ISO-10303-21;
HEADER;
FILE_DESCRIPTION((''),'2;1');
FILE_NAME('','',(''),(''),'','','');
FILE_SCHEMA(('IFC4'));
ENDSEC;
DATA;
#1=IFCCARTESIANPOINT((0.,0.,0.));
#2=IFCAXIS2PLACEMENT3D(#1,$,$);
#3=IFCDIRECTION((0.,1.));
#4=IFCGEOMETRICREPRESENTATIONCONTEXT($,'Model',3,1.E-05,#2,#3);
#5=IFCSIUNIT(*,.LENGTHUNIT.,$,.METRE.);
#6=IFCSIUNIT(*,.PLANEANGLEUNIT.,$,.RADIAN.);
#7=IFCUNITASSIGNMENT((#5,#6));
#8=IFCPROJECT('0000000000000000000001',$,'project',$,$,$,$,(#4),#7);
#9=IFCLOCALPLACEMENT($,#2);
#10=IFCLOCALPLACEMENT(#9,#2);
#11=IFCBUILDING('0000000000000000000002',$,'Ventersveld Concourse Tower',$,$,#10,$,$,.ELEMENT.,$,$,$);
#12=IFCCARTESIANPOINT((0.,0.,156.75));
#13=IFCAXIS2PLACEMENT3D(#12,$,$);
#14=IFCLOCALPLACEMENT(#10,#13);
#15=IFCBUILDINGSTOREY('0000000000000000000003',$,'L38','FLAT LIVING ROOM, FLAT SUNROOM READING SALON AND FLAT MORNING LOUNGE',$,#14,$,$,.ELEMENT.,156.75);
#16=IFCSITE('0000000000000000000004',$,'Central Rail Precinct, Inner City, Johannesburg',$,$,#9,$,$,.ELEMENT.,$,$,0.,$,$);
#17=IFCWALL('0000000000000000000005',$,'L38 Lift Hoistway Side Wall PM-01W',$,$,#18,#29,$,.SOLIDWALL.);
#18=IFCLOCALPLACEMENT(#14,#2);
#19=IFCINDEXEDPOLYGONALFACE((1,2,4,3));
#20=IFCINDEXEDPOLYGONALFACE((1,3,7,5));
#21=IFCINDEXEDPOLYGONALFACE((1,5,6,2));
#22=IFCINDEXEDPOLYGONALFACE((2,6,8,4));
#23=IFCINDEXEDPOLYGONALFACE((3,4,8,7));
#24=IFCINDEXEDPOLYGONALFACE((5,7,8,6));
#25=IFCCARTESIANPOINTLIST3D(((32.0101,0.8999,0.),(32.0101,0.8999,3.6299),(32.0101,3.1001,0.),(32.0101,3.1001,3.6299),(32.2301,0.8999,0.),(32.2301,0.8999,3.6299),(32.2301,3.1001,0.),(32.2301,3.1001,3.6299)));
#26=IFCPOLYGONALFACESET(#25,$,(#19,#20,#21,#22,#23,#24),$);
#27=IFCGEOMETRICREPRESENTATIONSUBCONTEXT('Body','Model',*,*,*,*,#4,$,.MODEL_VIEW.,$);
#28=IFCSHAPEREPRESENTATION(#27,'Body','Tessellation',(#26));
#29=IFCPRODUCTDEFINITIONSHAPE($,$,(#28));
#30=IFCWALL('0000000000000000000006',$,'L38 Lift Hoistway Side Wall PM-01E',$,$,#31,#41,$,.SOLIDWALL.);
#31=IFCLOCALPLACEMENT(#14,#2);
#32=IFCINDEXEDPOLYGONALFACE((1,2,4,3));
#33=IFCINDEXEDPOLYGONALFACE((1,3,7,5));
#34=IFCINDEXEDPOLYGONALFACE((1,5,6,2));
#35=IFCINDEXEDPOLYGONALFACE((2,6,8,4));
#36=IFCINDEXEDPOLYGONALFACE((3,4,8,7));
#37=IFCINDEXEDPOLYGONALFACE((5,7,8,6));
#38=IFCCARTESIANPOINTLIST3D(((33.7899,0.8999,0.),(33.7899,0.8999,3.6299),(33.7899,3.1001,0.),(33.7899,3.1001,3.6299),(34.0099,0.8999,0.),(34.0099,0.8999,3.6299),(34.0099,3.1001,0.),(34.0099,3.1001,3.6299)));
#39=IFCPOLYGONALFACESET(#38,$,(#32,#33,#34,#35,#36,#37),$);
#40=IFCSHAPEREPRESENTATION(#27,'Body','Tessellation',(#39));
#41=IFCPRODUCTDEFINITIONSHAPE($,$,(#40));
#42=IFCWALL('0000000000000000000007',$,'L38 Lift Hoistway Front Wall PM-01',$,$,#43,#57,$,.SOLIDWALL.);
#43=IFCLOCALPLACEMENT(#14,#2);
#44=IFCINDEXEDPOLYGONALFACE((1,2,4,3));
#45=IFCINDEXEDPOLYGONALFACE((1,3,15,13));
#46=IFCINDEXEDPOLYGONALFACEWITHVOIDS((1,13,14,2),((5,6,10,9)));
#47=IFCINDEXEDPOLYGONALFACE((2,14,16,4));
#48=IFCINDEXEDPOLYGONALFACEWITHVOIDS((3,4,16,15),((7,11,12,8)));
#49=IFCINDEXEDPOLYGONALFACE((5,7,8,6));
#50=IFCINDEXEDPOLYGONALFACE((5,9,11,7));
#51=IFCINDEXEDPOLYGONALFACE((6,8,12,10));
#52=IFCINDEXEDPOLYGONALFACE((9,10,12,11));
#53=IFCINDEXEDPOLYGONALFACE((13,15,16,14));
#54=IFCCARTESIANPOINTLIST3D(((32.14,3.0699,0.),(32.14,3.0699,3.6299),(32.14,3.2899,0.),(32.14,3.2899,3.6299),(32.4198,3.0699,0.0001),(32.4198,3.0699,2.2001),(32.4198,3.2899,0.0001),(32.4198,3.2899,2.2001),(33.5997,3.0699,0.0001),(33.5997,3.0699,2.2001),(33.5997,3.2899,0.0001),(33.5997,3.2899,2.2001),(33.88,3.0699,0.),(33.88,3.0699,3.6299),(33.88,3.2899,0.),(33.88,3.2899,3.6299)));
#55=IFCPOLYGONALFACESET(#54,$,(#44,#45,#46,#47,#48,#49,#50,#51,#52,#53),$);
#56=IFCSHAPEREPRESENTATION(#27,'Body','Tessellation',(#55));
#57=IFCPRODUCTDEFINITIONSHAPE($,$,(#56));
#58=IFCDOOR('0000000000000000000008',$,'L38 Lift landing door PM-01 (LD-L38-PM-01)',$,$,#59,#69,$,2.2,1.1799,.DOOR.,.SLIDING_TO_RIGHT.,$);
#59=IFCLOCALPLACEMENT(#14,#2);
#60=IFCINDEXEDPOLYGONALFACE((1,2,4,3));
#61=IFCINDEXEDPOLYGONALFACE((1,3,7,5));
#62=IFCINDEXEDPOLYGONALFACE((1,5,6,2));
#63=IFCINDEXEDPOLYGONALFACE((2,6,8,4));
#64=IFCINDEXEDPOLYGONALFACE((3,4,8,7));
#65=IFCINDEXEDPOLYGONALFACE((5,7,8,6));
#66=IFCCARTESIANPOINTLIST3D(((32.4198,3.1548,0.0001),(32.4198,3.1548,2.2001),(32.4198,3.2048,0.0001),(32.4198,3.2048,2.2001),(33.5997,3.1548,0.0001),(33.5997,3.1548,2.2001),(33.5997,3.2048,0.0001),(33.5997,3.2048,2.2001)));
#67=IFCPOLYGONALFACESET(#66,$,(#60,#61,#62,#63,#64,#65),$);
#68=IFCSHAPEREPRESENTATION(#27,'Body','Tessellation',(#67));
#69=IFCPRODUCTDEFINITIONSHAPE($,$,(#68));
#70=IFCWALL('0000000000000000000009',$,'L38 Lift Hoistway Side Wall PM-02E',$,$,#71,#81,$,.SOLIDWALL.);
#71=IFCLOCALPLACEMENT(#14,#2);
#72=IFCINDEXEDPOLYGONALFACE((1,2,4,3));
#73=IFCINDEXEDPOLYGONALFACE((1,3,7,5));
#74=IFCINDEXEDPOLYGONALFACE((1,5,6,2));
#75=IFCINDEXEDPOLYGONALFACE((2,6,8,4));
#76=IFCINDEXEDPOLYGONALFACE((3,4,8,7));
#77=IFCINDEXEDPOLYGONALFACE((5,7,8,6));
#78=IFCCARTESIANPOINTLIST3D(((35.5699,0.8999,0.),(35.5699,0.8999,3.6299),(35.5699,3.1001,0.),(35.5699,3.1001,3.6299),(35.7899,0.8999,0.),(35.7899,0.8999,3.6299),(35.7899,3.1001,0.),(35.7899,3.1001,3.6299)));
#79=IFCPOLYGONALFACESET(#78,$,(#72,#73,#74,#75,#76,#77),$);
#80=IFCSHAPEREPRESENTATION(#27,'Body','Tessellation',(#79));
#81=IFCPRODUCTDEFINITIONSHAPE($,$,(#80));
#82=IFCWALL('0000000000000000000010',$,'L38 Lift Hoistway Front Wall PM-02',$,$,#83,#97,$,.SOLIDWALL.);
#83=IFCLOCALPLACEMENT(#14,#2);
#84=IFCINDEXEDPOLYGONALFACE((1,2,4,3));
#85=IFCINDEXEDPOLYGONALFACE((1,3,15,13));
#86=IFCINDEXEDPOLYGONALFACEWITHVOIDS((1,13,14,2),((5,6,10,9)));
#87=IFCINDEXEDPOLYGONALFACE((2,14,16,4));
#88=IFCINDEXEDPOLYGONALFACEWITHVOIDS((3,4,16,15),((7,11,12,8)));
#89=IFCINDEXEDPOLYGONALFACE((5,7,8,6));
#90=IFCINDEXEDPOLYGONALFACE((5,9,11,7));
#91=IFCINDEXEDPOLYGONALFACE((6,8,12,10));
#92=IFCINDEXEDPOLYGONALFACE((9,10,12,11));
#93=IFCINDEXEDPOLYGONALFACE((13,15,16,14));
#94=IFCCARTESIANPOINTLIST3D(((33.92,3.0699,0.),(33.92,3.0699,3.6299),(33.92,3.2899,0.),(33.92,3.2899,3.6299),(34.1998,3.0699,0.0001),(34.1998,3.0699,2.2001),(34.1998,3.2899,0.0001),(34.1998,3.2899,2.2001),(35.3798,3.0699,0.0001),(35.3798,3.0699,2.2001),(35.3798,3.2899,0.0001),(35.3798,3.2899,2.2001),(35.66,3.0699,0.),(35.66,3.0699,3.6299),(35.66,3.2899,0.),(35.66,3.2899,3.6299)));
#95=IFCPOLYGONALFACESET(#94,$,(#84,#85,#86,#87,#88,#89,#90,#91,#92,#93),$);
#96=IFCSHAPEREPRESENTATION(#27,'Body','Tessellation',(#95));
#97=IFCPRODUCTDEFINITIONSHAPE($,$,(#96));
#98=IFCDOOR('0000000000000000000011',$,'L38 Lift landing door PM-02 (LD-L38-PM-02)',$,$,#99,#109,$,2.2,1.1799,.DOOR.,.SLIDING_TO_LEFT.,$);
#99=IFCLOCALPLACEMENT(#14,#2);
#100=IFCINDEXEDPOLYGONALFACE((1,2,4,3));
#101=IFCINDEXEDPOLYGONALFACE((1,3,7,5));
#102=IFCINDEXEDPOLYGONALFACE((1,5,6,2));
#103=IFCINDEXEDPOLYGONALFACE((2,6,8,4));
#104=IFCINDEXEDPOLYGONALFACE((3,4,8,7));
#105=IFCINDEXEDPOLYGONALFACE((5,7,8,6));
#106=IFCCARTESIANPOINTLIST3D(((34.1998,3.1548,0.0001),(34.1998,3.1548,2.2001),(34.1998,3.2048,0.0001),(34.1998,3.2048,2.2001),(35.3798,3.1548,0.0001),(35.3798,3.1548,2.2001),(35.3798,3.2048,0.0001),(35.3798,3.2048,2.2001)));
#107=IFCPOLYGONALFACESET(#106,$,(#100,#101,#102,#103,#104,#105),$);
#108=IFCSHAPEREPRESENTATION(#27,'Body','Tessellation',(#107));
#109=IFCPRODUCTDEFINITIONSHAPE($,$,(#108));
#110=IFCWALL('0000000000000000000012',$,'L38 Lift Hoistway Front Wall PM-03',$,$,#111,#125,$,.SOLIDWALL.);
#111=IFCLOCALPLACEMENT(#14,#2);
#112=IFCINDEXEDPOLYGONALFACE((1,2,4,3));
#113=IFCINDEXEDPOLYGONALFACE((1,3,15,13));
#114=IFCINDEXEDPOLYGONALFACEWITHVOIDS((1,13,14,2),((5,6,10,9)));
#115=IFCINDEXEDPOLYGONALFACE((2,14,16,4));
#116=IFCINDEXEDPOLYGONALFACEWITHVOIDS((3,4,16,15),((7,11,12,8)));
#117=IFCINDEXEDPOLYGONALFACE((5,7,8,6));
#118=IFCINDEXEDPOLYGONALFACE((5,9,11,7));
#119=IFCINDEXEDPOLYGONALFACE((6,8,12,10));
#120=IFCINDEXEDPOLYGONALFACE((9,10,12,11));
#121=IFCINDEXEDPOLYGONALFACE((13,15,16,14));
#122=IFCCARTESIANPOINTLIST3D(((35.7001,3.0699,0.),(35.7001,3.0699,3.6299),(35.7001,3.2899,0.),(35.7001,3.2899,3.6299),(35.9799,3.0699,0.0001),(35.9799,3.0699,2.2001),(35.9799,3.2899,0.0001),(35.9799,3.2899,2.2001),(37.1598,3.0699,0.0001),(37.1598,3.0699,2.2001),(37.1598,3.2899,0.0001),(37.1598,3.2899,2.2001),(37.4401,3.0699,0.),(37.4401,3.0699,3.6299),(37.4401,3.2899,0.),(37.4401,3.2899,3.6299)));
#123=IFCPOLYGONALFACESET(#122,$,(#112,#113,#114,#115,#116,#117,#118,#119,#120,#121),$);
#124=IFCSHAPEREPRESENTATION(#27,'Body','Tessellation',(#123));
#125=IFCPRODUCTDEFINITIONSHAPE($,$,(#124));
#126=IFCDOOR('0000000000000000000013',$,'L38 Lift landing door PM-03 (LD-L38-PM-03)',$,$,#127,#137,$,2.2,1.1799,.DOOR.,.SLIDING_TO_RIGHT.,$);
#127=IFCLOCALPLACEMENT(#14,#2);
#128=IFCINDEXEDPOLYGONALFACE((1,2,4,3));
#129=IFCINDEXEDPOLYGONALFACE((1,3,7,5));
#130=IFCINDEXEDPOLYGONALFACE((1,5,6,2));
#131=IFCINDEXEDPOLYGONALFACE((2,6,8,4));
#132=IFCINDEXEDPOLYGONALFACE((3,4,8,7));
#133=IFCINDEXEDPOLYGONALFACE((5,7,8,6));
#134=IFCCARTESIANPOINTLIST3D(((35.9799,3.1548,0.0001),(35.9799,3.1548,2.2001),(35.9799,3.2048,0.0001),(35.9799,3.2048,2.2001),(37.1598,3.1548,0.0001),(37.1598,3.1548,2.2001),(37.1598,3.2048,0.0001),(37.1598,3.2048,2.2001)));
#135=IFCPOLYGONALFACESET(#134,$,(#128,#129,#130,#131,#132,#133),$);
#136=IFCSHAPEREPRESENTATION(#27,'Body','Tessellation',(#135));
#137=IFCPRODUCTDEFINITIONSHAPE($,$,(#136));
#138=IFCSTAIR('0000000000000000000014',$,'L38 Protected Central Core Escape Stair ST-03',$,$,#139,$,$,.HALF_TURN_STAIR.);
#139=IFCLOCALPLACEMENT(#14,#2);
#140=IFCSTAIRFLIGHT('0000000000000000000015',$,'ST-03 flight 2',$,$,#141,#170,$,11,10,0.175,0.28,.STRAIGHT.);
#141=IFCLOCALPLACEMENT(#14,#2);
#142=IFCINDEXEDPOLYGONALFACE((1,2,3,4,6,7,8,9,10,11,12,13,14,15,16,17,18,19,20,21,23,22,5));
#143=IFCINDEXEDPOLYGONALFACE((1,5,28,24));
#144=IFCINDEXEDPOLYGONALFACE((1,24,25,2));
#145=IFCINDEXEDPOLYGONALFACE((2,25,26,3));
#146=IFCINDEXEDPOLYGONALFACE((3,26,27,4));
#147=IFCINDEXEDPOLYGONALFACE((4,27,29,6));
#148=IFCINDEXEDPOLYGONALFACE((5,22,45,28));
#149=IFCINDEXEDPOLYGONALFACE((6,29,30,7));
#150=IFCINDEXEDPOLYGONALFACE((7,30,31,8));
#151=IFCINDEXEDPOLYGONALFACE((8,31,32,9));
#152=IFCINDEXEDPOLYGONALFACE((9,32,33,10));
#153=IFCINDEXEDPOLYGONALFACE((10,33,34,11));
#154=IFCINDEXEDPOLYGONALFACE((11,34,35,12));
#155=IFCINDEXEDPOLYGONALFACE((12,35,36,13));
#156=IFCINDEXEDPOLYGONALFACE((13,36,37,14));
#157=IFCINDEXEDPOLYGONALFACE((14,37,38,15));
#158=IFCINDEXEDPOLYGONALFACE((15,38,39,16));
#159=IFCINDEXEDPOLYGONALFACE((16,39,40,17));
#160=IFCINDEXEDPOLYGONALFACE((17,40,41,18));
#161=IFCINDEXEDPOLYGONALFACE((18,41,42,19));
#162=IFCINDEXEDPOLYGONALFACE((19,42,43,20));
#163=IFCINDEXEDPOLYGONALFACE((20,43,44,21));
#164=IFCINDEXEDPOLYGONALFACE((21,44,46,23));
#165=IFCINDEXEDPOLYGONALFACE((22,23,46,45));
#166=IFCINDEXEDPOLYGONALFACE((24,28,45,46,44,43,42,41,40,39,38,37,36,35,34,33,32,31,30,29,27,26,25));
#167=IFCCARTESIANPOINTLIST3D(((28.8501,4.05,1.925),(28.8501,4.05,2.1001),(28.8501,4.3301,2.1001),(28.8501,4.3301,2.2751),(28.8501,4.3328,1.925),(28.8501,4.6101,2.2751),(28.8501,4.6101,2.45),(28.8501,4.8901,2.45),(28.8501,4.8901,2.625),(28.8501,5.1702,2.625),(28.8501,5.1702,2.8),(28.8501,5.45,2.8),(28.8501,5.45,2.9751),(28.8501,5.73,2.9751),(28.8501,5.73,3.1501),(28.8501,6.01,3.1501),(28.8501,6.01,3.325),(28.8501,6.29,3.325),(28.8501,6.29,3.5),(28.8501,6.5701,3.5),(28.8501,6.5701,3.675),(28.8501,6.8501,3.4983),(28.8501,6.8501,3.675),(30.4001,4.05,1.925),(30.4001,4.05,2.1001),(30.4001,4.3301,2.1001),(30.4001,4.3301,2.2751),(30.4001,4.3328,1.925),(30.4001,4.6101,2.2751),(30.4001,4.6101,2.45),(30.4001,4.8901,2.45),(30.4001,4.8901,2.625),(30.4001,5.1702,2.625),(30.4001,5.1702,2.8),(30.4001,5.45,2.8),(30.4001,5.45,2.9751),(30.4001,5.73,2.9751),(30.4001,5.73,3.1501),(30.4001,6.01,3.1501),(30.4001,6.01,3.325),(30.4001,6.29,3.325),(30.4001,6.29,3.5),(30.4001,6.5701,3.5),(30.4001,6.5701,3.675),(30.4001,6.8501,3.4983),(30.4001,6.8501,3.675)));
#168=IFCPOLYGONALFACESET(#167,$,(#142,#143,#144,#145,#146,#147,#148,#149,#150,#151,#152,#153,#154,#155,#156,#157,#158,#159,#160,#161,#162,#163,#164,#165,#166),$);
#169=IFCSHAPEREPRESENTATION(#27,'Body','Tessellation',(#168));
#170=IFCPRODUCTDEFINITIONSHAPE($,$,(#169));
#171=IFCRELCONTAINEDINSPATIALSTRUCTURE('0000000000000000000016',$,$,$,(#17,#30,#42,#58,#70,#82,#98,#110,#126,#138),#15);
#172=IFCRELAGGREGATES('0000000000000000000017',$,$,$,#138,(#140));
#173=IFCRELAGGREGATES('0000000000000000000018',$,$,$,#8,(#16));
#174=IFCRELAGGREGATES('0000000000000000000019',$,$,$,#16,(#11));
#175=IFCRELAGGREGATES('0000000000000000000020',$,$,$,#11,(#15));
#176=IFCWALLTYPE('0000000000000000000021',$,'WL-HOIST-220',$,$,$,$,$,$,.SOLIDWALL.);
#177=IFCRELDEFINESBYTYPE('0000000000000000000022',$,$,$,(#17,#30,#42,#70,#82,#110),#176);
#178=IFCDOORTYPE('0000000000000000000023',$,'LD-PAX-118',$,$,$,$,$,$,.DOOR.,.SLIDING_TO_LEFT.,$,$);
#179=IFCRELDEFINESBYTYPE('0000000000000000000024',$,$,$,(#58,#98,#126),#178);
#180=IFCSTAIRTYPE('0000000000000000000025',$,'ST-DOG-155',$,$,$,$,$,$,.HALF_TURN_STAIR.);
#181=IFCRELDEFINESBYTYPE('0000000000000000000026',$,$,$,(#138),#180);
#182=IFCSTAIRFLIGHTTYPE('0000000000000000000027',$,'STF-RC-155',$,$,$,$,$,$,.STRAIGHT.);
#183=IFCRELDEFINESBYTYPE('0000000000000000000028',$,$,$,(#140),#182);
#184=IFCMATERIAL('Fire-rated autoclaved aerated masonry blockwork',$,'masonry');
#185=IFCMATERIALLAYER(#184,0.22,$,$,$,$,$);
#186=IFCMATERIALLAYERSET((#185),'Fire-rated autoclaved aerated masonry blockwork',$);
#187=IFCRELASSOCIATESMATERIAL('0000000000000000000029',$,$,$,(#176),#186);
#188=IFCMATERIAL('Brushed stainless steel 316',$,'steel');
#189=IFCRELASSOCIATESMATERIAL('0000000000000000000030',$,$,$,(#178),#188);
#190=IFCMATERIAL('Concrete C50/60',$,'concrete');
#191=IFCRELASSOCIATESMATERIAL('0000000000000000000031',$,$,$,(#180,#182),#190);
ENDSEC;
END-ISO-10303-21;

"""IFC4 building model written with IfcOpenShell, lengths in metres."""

from ifc_helpers import new_model, si_unit, direction, frame, frame_2d, origin, place, context, subcontext, project, spatial, polyline, rectangle, outline, extrude, material, layer, layer_set, type_object, element, fill, aggregate, save


model = new_model("IFC4")

# Units and contexts
model_context = context("Model", 3, precision=1e-05, world=origin(), true_north=direction((0.0, 1.0)))
body_context = subcontext(model_context, "Body", "Model", "MODEL_VIEW")
ifc_project = project(units=[si_unit("LENGTHUNIT", "METRE"), si_unit("PLANEANGLEUNIT", "RADIAN")], contexts=[model_context])

# Site, building, storey
site_placement = place(None, origin())
site = spatial("IfcSite", under=ifc_project, at=site_placement, Name="Central Rail Precinct, Inner City, Johannesburg", CompositionType="ELEMENT", RefElevation=0.0)
building_placement = place(site_placement, origin())
building = spatial("IfcBuilding", under=site, at=building_placement, Name="Ventersveld Concourse Tower", CompositionType="ELEMENT")
storey_placement = place(building_placement, frame((0.0, 0.0, 156.75)))
storey = spatial("IfcBuildingStorey", under=building, at=storey_placement, Name="L38", Description="FLAT LIVING ROOM, FLAT SUNROOM READING SALON AND FLAT MORNING LOUNGE", CompositionType="ELEMENT", Elevation=156.75)

# Shared definitions
ifc_material_1 = material(Name="Concrete C50/60", Category="concrete")

# Walls
ifc_material_2 = material(Name="Fire-rated autoclaved aerated masonry blockwork", Category="masonry")
ifc_layer_1 = layer(ifc_material_2, 0.22)
ifc_layer_set_1 = layer_set([ifc_layer_1], Name="Fire-rated autoclaved aerated masonry blockwork")
wall_type_1 = type_object("IfcWallType", Name="WL-HOIST-220", PredefinedType="SOLIDWALL", material=ifc_layer_set_1)
for number, where, z_axis, x_axis, name in (
    (1, (32.1201, 0.8999, 0.0), (0.0, 0.0, 1.0), (0.0, 1.0, 0.0), "L38 Lift Hoistway Side Wall PM-01W"),
    (2, (33.8999, 0.8999, 0.0), (0.0, 0.0, 1.0), (0.0, 1.0, 0.0), "L38 Lift Hoistway Side Wall PM-01E"),
):
    element("IfcWall", number, at=place(storey_placement, frame(where, z_axis=z_axis, x_axis=x_axis)), inside=storey, type_object=wall_type_1, Name=name, PredefinedType="SOLIDWALL", context=body_context, shape_type="SweptSolid", body=[
        extrude(rectangle(XDim=2.2002, YDim=0.22, at=frame_2d((1.1001, 0.0))), origin(), (0.0, 0.0, 1.0), 3.6299),
    ])

# Wall, opening, door
wall_1_placement = place(storey_placement, frame((32.1399, 3.1799, 0.0), z_axis=(0.0, 0.0, 1.0), x_axis=(1.0, 0.0, 0.0)))
wall_1 = element("IfcWall", 3, at=wall_1_placement, inside=storey, type_object=wall_type_1, Name="L38 Lift Hoistway Front Wall PM-01", PredefinedType="SOLIDWALL", context=body_context, shape_type="SweptSolid", body=[
    extrude(rectangle(XDim=1.74, YDim=0.22, at=frame_2d((0.8701, 0.0))), origin(), (0.0, 0.0, 1.0), 3.6299),
])
opening_1_placement = place(wall_1_placement, frame((0.28, 0.0, 0.0)))
opening_1 = element("IfcOpeningElement", 4, at=opening_1_placement, cuts=wall_1, PredefinedType="OPENING", context=body_context, shape_type="SweptSolid", body=[
    extrude(rectangle(XDim=1.1799, YDim=2.2, at=frame_2d((0.5898, 1.1001))), frame((0.0, 0.1201, 0.0), z_axis=(0.0, -1.0, 0.0), x_axis=(1.0, 0.0, 0.0)), (0.0, 0.0, 1.0), 0.24),
])
ifc_material_3 = material(Name="Brushed stainless steel 316", Category="steel")
door_type = type_object("IfcDoorType", Name="LD-PAX-118", OperationType="SLIDING_TO_LEFT", PredefinedType="DOOR", material=ifc_material_3)
door_1_placement = place(opening_1_placement, origin())
door_1 = element("IfcDoor", 5, at=door_1_placement, inside=storey, type_object=door_type, Name="L38 Lift landing door PM-01 (LD-L38-PM-01)", OperationType="SLIDING_TO_RIGHT", OverallHeight=2.2, OverallWidth=1.1799, PredefinedType="DOOR", context=body_context, shape_type="SweptSolid", body=[
    extrude(rectangle(XDim=1.1799, YDim=2.2, at=frame_2d((0.5898, 1.1001))), frame((0.0, 0.0249, 0.0), z_axis=(0.0, -1.0, 0.0), x_axis=(1.0, 0.0, 0.0)), (0.0, 0.0, 1.0), 0.05),
])
fill(opening_1, door_1)

# Wall
wall_2_placement = place(storey_placement, frame((35.6799, 0.8999, 0.0), z_axis=(0.0, 0.0, 1.0), x_axis=(0.0, 1.0, 0.0)))
element("IfcWall", 6, at=wall_2_placement, inside=storey, type_object=wall_type_1, Name="L38 Lift Hoistway Side Wall PM-02E", PredefinedType="SOLIDWALL", context=body_context, shape_type="SweptSolid", body=[
    extrude(rectangle(XDim=2.2002, YDim=0.22, at=frame_2d((1.1001, 0.0))), origin(), (0.0, 0.0, 1.0), 3.6299),
])

# Walls, openings, doors
wall_3_placement = place(storey_placement, frame((33.9199, 3.1799, 0.0), z_axis=(0.0, 0.0, 1.0), x_axis=(1.0, 0.0, 0.0)))
wall_3 = element("IfcWall", 7, at=wall_3_placement, inside=storey, type_object=wall_type_1, Name="L38 Lift Hoistway Front Wall PM-02", PredefinedType="SOLIDWALL", context=body_context, shape_type="SweptSolid", body=[
    extrude(rectangle(XDim=1.74, YDim=0.22, at=frame_2d((0.8701, 0.0))), origin(), (0.0, 0.0, 1.0), 3.6299),
])
opening_2_placement = place(wall_3_placement, frame((0.28, 0.0, 0.0)))
opening_2 = element("IfcOpeningElement", 8, at=opening_2_placement, cuts=wall_3, PredefinedType="OPENING", context=body_context, shape_type="SweptSolid", body=[
    extrude(rectangle(XDim=1.1799, YDim=2.2, at=frame_2d((0.5898, 1.1001))), frame((0.0, 0.1201, 0.0), z_axis=(0.0, -1.0, 0.0), x_axis=(1.0, 0.0, 0.0)), (0.0, 0.0, 1.0), 0.24),
])
door_2_placement = place(opening_2_placement, origin())
door_2 = element("IfcDoor", 9, at=door_2_placement, inside=storey, type_object=door_type, Name="L38 Lift landing door PM-02 (LD-L38-PM-02)", OperationType="SLIDING_TO_LEFT", OverallHeight=2.2, OverallWidth=1.1799, PredefinedType="DOOR", context=body_context, shape_type="SweptSolid", body=[
    extrude(rectangle(XDim=1.1799, YDim=2.2, at=frame_2d((0.5898, 1.1001))), frame((0.0, 0.0249, 0.0), z_axis=(0.0, -1.0, 0.0), x_axis=(1.0, 0.0, 0.0)), (0.0, 0.0, 1.0), 0.05),
])
fill(opening_2, door_2)
wall_4_placement = place(storey_placement, frame((35.7, 3.1799, 0.0), z_axis=(0.0, 0.0, 1.0), x_axis=(1.0, 0.0, 0.0)))
wall_4 = element("IfcWall", 10, at=wall_4_placement, inside=storey, type_object=wall_type_1, Name="L38 Lift Hoistway Front Wall PM-03", PredefinedType="SOLIDWALL", context=body_context, shape_type="SweptSolid", body=[
    extrude(rectangle(XDim=1.74, YDim=0.22, at=frame_2d((0.8701, 0.0))), origin(), (0.0, 0.0, 1.0), 3.6299),
])
opening_3_placement = place(wall_4_placement, frame((0.28, 0.0, 0.0)))
opening_3 = element("IfcOpeningElement", 11, at=opening_3_placement, cuts=wall_4, PredefinedType="OPENING", context=body_context, shape_type="SweptSolid", body=[
    extrude(rectangle(XDim=1.1799, YDim=2.2, at=frame_2d((0.5898, 1.1001))), frame((0.0, 0.1201, 0.0), z_axis=(0.0, -1.0, 0.0), x_axis=(1.0, 0.0, 0.0)), (0.0, 0.0, 1.0), 0.24),
])
door_3_placement = place(opening_3_placement, origin())
door_3 = element("IfcDoor", 12, at=door_3_placement, inside=storey, type_object=door_type, Name="L38 Lift landing door PM-03 (LD-L38-PM-03)", OperationType="SLIDING_TO_RIGHT", OverallHeight=2.2, OverallWidth=1.1799, PredefinedType="DOOR", context=body_context, shape_type="SweptSolid", body=[
    extrude(rectangle(XDim=1.1799, YDim=2.2, at=frame_2d((0.5898, 1.1001))), frame((0.0, 0.0249, 0.0), z_axis=(0.0, -1.0, 0.0), x_axis=(1.0, 0.0, 0.0)), (0.0, 0.0, 1.0), 0.05),
])
fill(opening_3, door_3)

# Stair, stair flight
stair_type = type_object("IfcStairType", Name="ST-DOG-155", PredefinedType="HALF_TURN_STAIR", material=ifc_material_1)
stair_placement = place(storey_placement, origin())
stair = element("IfcStair", 13, at=stair_placement, inside=storey, type_object=stair_type, Name="L38 Protected Central Core Escape Stair ST-03", PredefinedType="HALF_TURN_STAIR")
stair_flight_type = type_object("IfcStairFlightType", Name="STF-RC-155", PredefinedType="STRAIGHT", material=ifc_material_1)
stair_flight_placement = place(storey_placement, frame((29.625, 4.05, 1.925), z_axis=(0.0, 0.0, 1.0), x_axis=(0.0, 1.0, 0.0)))
stair_flight = element("IfcStairFlight", 14, at=stair_flight_placement, type_object=stair_flight_type, Name="ST-03 flight 2", NumberOfRisers=11, NumberOfTreads=10, PredefinedType="STRAIGHT", RiserHeight=0.175, TreadLength=0.28, context=body_context, shape_type="SweptSolid", body=[
    extrude(outline(polyline([(0.0, 0.0), (0.0, 0.175), (0.28, 0.175), (0.28, 0.3501), (0.5601, 0.3501), (0.5601, 0.5249), (0.8401, 0.5249), (0.8401, 0.7), (1.1201, 0.7), (1.1201, 0.875), (1.3999, 0.875), (1.3999, 1.05), (1.6799, 1.05), (1.6799, 1.2251), (1.96, 1.2251), (1.96, 1.3999), (2.24, 1.3999), (2.24, 1.575), (2.52, 1.575), (2.52, 1.75), (2.8, 1.75), (2.8, 1.925), (2.8, 1.5732), (0.2827, 0.0), (0.0, 0.0)])), frame((0.0, 0.7749, 0.0), z_axis=(0.0, -1.0, 0.0), x_axis=(1.0, 0.0, 0.0)), (0.0, 0.0, 1.0), 1.55),
])
aggregate(stair, [stair_flight])

save(model, "model.ifc")
